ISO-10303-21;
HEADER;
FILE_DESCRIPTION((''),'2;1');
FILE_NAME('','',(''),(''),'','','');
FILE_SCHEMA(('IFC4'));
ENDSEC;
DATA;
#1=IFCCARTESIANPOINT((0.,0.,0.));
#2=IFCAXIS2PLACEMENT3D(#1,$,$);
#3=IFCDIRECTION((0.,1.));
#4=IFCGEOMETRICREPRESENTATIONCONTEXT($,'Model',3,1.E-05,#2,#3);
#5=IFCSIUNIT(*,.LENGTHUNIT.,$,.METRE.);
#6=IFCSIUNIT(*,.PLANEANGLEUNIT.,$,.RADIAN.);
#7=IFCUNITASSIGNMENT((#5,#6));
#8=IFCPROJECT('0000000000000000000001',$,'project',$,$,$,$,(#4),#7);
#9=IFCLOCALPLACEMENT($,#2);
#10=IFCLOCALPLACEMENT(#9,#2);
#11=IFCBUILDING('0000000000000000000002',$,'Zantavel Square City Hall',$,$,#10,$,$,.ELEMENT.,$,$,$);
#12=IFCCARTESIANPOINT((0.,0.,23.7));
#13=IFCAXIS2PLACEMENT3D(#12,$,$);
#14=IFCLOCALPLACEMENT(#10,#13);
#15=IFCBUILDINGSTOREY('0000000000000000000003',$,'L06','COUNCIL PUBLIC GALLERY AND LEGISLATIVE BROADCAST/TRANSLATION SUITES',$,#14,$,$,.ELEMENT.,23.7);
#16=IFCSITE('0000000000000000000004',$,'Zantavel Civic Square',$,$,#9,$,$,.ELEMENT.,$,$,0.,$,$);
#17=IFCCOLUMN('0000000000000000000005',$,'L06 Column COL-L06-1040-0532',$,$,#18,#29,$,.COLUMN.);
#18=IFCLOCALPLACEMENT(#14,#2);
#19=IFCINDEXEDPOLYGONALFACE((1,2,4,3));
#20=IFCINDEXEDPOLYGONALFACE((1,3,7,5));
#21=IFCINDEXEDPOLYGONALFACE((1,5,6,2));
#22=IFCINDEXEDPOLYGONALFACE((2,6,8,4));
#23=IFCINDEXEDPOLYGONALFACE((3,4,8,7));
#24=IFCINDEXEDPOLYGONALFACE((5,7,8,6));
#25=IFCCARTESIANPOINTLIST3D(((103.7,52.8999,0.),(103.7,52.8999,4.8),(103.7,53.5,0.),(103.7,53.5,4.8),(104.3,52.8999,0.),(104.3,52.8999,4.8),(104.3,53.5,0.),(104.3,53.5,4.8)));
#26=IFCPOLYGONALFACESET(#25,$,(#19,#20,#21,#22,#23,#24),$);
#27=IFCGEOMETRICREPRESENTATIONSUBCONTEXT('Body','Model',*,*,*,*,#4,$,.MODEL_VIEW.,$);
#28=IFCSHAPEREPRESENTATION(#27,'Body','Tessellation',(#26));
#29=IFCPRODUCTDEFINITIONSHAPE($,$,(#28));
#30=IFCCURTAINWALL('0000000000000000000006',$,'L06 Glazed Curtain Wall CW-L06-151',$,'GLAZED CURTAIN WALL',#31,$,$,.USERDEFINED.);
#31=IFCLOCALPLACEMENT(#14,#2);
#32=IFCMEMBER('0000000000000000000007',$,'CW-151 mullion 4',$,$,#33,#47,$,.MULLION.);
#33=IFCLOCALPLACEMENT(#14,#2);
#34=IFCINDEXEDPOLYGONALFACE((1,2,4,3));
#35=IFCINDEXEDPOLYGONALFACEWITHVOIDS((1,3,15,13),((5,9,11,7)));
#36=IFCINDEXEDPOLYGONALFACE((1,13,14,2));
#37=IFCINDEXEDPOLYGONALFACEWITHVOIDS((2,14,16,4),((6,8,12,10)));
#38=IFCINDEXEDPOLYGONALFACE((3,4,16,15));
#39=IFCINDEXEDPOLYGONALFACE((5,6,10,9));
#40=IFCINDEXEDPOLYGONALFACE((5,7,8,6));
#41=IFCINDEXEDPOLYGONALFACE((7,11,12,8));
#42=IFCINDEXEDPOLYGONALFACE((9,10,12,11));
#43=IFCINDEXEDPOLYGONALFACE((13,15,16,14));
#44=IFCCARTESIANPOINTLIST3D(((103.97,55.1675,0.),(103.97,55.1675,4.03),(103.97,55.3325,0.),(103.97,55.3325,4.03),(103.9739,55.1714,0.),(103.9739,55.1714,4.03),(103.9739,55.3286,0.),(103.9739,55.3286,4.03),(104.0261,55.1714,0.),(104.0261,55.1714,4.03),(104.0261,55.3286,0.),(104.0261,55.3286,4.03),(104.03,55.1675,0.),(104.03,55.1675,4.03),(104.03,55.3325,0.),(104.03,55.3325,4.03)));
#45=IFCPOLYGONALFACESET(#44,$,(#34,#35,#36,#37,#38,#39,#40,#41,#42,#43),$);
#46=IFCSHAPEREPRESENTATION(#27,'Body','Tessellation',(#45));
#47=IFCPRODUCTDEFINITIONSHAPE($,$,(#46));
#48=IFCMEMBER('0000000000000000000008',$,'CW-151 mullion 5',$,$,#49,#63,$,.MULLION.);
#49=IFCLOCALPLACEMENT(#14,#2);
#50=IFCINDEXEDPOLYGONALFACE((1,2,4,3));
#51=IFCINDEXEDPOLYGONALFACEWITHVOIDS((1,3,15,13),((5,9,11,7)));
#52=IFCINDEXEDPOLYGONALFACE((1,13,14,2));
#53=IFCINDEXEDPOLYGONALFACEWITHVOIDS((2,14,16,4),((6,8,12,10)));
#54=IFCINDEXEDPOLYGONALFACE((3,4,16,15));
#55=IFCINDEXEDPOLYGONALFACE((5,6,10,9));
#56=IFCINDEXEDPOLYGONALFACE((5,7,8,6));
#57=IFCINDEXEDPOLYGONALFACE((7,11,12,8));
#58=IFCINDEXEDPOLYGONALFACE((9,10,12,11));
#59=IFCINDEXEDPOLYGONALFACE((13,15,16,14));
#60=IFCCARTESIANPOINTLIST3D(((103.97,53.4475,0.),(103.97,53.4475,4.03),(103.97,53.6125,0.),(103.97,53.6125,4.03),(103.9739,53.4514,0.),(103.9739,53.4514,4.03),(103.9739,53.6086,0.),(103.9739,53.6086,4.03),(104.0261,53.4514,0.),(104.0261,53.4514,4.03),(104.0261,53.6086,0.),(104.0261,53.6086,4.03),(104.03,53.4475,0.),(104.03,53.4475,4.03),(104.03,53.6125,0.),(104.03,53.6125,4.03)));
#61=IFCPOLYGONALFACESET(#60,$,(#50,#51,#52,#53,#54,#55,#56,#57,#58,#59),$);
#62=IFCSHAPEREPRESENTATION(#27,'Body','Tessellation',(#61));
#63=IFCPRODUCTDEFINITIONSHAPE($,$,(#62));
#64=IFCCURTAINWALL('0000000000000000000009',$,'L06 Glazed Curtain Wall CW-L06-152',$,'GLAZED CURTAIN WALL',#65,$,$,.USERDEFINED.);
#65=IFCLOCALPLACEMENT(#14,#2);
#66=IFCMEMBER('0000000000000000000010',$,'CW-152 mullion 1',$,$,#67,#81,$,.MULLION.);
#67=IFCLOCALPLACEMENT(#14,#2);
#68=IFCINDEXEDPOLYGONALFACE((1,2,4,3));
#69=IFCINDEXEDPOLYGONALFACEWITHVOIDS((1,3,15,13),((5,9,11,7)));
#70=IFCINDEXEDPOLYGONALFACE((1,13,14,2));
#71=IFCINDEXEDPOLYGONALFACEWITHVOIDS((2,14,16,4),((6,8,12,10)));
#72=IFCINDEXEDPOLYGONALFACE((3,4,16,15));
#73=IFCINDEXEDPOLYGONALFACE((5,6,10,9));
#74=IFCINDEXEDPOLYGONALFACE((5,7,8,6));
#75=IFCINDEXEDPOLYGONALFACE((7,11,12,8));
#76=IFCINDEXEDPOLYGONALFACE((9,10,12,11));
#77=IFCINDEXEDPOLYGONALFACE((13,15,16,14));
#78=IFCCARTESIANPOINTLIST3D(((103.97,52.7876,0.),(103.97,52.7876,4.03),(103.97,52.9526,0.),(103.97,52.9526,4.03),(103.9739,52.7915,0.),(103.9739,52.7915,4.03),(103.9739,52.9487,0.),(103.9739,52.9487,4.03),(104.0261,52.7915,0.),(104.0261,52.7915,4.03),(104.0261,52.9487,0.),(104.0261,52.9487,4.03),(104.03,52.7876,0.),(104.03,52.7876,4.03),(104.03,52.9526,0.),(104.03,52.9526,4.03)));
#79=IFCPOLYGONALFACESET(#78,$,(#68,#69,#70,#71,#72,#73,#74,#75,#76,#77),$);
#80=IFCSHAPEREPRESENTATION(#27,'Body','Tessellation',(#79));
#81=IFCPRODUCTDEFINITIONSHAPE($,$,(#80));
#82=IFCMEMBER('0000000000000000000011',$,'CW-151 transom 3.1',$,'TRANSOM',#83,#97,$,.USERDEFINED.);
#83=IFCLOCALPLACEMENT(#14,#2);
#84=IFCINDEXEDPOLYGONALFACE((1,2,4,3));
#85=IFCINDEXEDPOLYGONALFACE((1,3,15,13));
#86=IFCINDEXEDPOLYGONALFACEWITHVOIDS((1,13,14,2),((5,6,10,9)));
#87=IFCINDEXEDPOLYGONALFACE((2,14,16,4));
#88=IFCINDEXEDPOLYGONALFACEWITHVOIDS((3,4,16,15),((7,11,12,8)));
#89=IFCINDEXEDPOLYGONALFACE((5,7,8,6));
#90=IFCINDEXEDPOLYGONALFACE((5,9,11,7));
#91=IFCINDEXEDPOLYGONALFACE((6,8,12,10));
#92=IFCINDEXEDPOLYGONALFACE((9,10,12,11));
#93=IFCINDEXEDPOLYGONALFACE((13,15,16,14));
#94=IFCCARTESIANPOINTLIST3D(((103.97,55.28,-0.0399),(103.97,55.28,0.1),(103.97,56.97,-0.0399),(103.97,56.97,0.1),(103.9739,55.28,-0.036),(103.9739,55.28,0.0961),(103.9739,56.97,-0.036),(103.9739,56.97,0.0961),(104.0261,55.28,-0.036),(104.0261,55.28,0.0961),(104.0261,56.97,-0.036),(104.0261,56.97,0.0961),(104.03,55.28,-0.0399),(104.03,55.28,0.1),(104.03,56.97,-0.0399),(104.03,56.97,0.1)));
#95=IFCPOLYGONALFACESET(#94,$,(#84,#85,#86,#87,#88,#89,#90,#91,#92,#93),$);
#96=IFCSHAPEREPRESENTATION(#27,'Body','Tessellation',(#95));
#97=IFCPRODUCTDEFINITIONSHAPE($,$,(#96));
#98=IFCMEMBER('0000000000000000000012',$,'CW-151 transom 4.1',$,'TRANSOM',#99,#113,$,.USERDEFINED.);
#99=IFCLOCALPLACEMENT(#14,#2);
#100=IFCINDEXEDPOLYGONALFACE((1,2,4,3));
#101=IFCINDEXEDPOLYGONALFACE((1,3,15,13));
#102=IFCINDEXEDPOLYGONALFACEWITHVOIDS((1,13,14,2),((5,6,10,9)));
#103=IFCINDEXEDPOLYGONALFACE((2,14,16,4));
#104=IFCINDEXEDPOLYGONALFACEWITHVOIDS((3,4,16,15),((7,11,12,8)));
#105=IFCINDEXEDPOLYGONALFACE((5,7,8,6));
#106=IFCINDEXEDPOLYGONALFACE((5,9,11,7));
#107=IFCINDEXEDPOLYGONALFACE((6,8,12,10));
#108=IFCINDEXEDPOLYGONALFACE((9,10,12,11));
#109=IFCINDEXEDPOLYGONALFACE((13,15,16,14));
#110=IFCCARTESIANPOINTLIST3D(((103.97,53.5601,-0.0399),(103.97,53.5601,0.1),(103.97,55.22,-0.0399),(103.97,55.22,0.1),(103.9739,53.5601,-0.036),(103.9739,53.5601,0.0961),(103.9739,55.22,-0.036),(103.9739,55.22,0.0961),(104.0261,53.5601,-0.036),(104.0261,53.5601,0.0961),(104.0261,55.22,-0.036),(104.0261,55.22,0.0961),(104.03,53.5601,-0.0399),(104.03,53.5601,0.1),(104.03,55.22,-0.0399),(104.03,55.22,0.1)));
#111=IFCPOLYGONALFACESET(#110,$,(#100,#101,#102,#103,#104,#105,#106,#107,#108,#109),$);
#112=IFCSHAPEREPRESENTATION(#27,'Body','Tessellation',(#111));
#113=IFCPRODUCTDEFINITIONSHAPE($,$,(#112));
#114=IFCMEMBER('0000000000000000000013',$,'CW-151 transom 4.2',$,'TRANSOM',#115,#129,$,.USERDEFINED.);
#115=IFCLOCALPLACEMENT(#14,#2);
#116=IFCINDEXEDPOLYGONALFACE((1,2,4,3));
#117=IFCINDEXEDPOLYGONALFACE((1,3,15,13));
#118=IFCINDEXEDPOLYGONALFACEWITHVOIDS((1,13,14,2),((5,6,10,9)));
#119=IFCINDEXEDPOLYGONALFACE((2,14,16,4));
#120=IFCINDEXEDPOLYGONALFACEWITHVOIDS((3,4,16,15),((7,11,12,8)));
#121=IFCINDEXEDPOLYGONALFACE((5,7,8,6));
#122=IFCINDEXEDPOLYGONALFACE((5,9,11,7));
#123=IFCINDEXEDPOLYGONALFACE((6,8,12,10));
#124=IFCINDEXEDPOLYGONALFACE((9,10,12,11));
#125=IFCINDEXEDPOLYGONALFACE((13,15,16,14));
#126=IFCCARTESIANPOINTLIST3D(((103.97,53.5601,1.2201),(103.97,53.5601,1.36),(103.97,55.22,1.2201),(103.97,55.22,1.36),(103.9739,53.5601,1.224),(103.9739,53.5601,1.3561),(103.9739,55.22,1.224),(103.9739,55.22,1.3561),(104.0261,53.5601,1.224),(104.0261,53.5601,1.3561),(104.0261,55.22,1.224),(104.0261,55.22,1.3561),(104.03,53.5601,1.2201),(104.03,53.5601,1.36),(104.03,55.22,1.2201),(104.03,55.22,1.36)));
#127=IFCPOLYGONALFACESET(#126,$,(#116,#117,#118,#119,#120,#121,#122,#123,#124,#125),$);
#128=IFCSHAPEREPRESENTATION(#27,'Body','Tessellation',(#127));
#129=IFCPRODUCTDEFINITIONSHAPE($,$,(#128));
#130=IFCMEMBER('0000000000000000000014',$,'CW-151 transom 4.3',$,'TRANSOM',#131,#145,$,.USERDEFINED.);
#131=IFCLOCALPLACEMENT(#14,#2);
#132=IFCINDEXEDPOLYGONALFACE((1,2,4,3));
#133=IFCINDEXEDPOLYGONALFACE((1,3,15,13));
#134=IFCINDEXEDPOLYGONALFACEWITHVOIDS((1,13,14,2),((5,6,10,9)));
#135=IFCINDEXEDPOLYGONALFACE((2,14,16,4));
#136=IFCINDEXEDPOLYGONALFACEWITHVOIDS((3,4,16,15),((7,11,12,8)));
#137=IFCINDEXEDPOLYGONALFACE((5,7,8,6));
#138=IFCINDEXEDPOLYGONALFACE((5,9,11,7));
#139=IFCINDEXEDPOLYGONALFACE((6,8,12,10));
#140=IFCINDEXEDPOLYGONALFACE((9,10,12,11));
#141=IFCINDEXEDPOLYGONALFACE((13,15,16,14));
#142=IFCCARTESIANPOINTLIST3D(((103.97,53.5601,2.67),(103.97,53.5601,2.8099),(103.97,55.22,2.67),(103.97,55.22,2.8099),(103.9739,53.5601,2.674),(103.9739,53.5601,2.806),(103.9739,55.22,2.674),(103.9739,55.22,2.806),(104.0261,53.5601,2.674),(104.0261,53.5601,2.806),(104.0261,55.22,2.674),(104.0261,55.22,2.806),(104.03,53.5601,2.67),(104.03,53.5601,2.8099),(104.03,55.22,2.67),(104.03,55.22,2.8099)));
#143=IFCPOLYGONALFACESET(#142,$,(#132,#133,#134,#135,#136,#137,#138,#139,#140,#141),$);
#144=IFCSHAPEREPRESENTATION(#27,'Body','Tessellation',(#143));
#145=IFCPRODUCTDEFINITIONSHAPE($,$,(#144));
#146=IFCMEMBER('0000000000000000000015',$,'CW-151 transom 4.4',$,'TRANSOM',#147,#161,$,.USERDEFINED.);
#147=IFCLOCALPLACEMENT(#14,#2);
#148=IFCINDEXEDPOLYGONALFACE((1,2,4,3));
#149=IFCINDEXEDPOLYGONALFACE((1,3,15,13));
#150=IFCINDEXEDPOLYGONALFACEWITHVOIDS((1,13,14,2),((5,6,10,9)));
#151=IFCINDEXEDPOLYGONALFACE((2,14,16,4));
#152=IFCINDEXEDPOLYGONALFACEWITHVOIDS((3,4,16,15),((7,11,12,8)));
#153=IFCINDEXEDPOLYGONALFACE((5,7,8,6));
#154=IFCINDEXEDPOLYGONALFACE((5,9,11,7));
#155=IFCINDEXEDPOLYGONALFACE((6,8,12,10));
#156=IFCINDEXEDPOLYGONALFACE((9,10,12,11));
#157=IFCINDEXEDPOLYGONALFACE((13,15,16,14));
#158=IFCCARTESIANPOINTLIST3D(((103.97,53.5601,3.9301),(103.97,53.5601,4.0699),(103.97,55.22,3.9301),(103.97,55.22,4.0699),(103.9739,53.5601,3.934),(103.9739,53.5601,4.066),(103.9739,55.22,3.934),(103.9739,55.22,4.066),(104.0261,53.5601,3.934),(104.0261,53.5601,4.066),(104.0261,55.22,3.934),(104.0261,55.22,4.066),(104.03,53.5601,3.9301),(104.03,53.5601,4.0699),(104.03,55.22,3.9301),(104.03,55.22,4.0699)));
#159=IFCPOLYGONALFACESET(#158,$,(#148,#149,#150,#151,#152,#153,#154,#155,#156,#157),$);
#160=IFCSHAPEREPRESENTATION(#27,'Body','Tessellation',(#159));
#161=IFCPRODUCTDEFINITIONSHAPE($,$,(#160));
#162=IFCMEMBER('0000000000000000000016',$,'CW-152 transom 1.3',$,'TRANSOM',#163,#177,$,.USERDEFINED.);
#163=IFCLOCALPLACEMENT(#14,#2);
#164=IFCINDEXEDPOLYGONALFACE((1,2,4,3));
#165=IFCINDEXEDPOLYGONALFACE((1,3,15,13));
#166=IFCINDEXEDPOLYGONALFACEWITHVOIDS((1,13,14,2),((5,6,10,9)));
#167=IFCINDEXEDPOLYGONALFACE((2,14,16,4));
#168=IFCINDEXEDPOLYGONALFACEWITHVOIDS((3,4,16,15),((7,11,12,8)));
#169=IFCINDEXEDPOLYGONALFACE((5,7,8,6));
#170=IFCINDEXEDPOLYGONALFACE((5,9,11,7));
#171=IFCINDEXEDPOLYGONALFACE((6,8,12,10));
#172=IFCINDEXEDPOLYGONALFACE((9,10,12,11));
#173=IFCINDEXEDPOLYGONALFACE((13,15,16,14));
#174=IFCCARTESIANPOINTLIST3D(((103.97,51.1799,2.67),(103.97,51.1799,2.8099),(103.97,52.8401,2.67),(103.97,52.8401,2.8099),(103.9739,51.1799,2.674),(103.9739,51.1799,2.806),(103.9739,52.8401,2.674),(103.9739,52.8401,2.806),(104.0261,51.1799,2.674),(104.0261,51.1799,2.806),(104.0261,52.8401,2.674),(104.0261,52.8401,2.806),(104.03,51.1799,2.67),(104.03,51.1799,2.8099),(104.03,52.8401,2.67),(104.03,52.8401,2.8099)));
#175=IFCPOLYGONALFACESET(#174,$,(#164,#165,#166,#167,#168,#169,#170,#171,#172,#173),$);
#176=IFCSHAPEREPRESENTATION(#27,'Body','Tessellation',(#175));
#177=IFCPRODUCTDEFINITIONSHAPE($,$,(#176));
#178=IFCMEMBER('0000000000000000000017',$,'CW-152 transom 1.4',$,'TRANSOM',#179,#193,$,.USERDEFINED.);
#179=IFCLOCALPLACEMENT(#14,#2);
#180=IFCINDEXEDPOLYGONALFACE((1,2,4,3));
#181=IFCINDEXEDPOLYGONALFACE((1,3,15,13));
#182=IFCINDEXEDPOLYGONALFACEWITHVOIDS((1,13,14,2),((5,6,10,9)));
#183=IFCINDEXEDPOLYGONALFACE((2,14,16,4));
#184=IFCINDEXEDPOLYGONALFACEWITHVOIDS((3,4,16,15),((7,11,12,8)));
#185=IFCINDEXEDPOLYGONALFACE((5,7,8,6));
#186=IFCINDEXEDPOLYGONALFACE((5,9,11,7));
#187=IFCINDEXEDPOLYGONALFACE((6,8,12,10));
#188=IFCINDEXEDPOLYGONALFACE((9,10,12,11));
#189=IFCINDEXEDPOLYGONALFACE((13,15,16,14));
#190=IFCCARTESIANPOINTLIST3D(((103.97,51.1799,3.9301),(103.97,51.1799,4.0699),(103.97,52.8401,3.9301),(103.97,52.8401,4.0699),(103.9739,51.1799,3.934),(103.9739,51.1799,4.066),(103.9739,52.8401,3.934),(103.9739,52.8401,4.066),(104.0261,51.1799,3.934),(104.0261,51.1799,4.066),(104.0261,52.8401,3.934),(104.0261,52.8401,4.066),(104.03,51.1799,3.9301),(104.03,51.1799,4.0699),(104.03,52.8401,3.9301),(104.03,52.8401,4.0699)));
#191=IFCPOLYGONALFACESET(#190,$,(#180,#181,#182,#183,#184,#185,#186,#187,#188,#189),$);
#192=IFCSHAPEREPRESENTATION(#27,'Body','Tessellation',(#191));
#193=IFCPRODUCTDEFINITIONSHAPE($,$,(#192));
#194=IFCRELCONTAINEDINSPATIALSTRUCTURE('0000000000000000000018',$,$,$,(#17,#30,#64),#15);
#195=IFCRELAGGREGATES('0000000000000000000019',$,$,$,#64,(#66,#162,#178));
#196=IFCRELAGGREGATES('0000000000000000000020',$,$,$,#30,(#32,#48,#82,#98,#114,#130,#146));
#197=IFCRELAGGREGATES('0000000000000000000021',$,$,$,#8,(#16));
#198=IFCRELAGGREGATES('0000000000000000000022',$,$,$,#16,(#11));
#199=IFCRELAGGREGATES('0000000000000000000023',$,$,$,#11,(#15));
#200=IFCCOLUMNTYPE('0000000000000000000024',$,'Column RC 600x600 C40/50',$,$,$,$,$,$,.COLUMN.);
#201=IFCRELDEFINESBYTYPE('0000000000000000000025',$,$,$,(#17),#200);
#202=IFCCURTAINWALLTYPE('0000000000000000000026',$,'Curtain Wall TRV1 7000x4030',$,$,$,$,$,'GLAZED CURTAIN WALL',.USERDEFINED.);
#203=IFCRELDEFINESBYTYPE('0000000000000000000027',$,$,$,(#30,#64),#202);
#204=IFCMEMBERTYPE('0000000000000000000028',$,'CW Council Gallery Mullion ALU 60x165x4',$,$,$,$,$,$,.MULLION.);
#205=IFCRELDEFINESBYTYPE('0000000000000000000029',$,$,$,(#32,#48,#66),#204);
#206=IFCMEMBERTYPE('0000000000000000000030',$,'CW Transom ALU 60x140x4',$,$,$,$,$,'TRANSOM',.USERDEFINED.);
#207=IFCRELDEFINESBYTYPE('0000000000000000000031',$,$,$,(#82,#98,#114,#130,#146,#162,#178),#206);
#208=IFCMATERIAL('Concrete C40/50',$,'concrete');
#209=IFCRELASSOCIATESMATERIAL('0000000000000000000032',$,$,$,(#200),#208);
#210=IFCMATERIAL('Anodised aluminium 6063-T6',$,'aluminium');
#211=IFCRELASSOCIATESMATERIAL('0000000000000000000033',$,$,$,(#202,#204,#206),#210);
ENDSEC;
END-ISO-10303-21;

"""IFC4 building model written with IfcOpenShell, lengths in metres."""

from ifc_helpers import new_model, si_unit, direction, frame, origin, origin_2d, place, context, subcontext, project, spatial, rectangle, hollow_rectangle, extrude, material, material_profile, profile_set, type_object, element, aggregate, save


model = new_model("IFC4")

# Units and contexts
model_context = context("Model", 3, precision=1e-05, world=origin(), true_north=direction((0.0, 1.0)))
body_context = subcontext(model_context, "Body", "Model", "MODEL_VIEW")
ifc_project = project(units=[si_unit("LENGTHUNIT", "METRE"), si_unit("PLANEANGLEUNIT", "RADIAN")], contexts=[model_context])

# Site, building, storey
site_placement = place(None, origin())
site = spatial("IfcSite", under=ifc_project, at=site_placement, Name="Zantavel Civic Square", CompositionType="ELEMENT", RefElevation=0.0)
building_placement = place(site_placement, origin())
building = spatial("IfcBuilding", under=site, at=building_placement, Name="Zantavel Square City Hall", CompositionType="ELEMENT")
storey_placement = place(building_placement, frame((0.0, 0.0, 23.7)))
storey = spatial("IfcBuildingStorey", under=building, at=storey_placement, Name="L06", Description="COUNCIL PUBLIC GALLERY AND LEGISLATIVE BROADCAST/TRANSLATION SUITES", CompositionType="ELEMENT", Elevation=23.7)

# Column
ifc_material_1 = material(Name="Concrete C40/50", Category="concrete")
ifc_material_profile_1 = material_profile(ifc_material_1, rectangle(XDim=0.6001, YDim=0.6001, at=origin_2d()), Name="RC 600x600")
ifc_profile_set_1 = profile_set([ifc_material_profile_1], Name="Concrete C40/50")
column_type = type_object("IfcColumnType", Name="Column RC 600x600 C40/50", PredefinedType="COLUMN", material=ifc_profile_set_1)
column_placement = place(storey_placement, frame((104.0, 53.2, 0.0), z_axis=(0.0, 0.0, 1.0), x_axis=(1.0, 0.0, 0.0)))
element("IfcColumn", 1, at=column_placement, inside=storey, type_object=column_type, Name="L06 Column COL-L06-1040-0532", PredefinedType="COLUMN", context=body_context, shape_type="SweptSolid", body=[
    extrude(rectangle(XDim=0.6001, YDim=0.6001, at=origin_2d()), origin(), (0.0, 0.0, 1.0), 4.8),
])

# Curtain wall, members
ifc_material_2 = material(Name="Anodised aluminium 6063-T6", Category="aluminium")
curtain_wall_type = type_object("IfcCurtainWallType", Name="Curtain Wall TRV1 7000x4030", ElementType="GLAZED CURTAIN WALL", PredefinedType="USERDEFINED", material=ifc_material_2)
curtain_wall_1_placement = place(storey_placement, origin())
curtain_wall_1 = element("IfcCurtainWall", 2, at=curtain_wall_1_placement, inside=storey, type_object=curtain_wall_type, Name="L06 Glazed Curtain Wall CW-L06-151", ObjectType="GLAZED CURTAIN WALL", PredefinedType="USERDEFINED")
ifc_material_profile_2 = material_profile(ifc_material_2, hollow_rectangle(XDim=0.0601, YDim=0.165, WallThickness=0.0039, at=origin_2d()), Name="ALU 60x165x4")
ifc_profile_set_2 = profile_set([ifc_material_profile_2], Name="Anodised aluminium 6063-T6")
member_type_1 = type_object("IfcMemberType", Name="CW Council Gallery Mullion ALU 60x165x4", PredefinedType="MULLION", material=ifc_profile_set_2)
member_1_placement = place(storey_placement, frame((104.0, 55.25, 0.0), z_axis=(0.0, 0.0, 1.0), x_axis=(1.0, 0.0, 0.0)))
member_1 = element("IfcMember", 3, at=member_1_placement, type_object=member_type_1, Name="CW-151 mullion 4", PredefinedType="MULLION", context=body_context, shape_type="SweptSolid", body=[
    extrude(hollow_rectangle(XDim=0.0601, YDim=0.165, WallThickness=0.0039, at=origin_2d()), origin(), (0.0, 0.0, 1.0), 4.03),
])
member_2_placement = place(storey_placement, frame((104.0, 53.53, 0.0), z_axis=(0.0, 0.0, 1.0), x_axis=(1.0, 0.0, 0.0)))
member_2 = element("IfcMember", 4, at=member_2_placement, type_object=member_type_1, Name="CW-151 mullion 5", PredefinedType="MULLION", context=body_context, shape_type="SweptSolid", body=[
    extrude(hollow_rectangle(XDim=0.0601, YDim=0.165, WallThickness=0.0039, at=origin_2d()), origin(), (0.0, 0.0, 1.0), 4.03),
])

# Curtain wall, member
curtain_wall_2_placement = place(storey_placement, origin())
curtain_wall_2 = element("IfcCurtainWall", 5, at=curtain_wall_2_placement, inside=storey, type_object=curtain_wall_type, Name="L06 Glazed Curtain Wall CW-L06-152", ObjectType="GLAZED CURTAIN WALL", PredefinedType="USERDEFINED")
member_3_placement = place(storey_placement, frame((104.0, 52.8701, 0.0), z_axis=(0.0, 0.0, 1.0), x_axis=(1.0, 0.0, 0.0)))
member_3 = element("IfcMember", 6, at=member_3_placement, type_object=member_type_1, Name="CW-152 mullion 1", PredefinedType="MULLION", context=body_context, shape_type="SweptSolid", body=[
    extrude(hollow_rectangle(XDim=0.0601, YDim=0.165, WallThickness=0.0039, at=origin_2d()), origin(), (0.0, 0.0, 1.0), 4.03),
])

# Members
ifc_material_profile_3 = material_profile(ifc_material_2, hollow_rectangle(XDim=0.0601, YDim=0.1399, WallThickness=0.0039, at=origin_2d()), Name="ALU 60x140x4")
ifc_profile_set_3 = profile_set([ifc_material_profile_3], Name="Anodised aluminium 6063-T6")
member_type_2 = type_object("IfcMemberType", Name="CW Transom ALU 60x140x4", ElementType="TRANSOM", PredefinedType="USERDEFINED", material=ifc_profile_set_3)
member_4_placement = place(storey_placement, frame((104.0, 56.97, 0.03), z_axis=(0.0, -1.0, 0.0), x_axis=(1.0, 0.0, 0.0)))
member_4 = element("IfcMember", 7, at=member_4_placement, type_object=member_type_2, Name="CW-151 transom 3.1", ObjectType="TRANSOM", PredefinedType="USERDEFINED", context=body_context, shape_type="SweptSolid", body=[
    extrude(hollow_rectangle(XDim=0.0601, YDim=0.1399, WallThickness=0.0039, at=origin_2d()), origin(), (0.0, 0.0, 1.0), 1.6899),
])
member_5_placement = place(storey_placement, frame((104.0, 55.22, 0.03), z_axis=(0.0, -1.0, 0.0), x_axis=(1.0, 0.0, 0.0)))
member_5 = element("IfcMember", 8, at=member_5_placement, type_object=member_type_2, Name="CW-151 transom 4.1", ObjectType="TRANSOM", PredefinedType="USERDEFINED", context=body_context, shape_type="SweptSolid", body=[
    extrude(hollow_rectangle(XDim=0.0601, YDim=0.1399, WallThickness=0.0039, at=origin_2d()), origin(), (0.0, 0.0, 1.0), 1.6599),
])
member_6_placement = place(storey_placement, frame((104.0, 55.22, 1.29), z_axis=(0.0, -1.0, 0.0), x_axis=(1.0, 0.0, 0.0)))
member_6 = element("IfcMember", 9, at=member_6_placement, type_object=member_type_2, Name="CW-151 transom 4.2", ObjectType="TRANSOM", PredefinedType="USERDEFINED", context=body_context, shape_type="SweptSolid", body=[
    extrude(hollow_rectangle(XDim=0.0601, YDim=0.1399, WallThickness=0.0039, at=origin_2d()), origin(), (0.0, 0.0, 1.0), 1.6599),
])
member_7_placement = place(storey_placement, frame((104.0, 55.22, 2.74), z_axis=(0.0, -1.0, 0.0), x_axis=(1.0, 0.0, 0.0)))
member_7 = element("IfcMember", 10, at=member_7_placement, type_object=member_type_2, Name="CW-151 transom 4.3", ObjectType="TRANSOM", PredefinedType="USERDEFINED", context=body_context, shape_type="SweptSolid", body=[
    extrude(hollow_rectangle(XDim=0.0601, YDim=0.1399, WallThickness=0.0039, at=origin_2d()), origin(), (0.0, 0.0, 1.0), 1.6599),
])
member_8_placement = place(storey_placement, frame((104.0, 55.22, 4.0), z_axis=(0.0, -1.0, 0.0), x_axis=(1.0, 0.0, 0.0)))
member_8 = element("IfcMember", 11, at=member_8_placement, type_object=member_type_2, Name="CW-151 transom 4.4", ObjectType="TRANSOM", PredefinedType="USERDEFINED", context=body_context, shape_type="SweptSolid", body=[
    extrude(hollow_rectangle(XDim=0.0601, YDim=0.1399, WallThickness=0.0039, at=origin_2d()), origin(), (0.0, 0.0, 1.0), 1.6599),
])
member_9_placement = place(storey_placement, frame((104.0, 52.8401, 2.74), z_axis=(0.0, -1.0, 0.0), x_axis=(1.0, 0.0, 0.0)))
member_9 = element("IfcMember", 12, at=member_9_placement, type_object=member_type_2, Name="CW-152 transom 1.3", ObjectType="TRANSOM", PredefinedType="USERDEFINED", context=body_context, shape_type="SweptSolid", body=[
    extrude(hollow_rectangle(XDim=0.0601, YDim=0.1399, WallThickness=0.0039, at=origin_2d()), origin(), (0.0, 0.0, 1.0), 1.6602),
])
member_10_placement = place(storey_placement, frame((104.0, 52.8401, 4.0), z_axis=(0.0, -1.0, 0.0), x_axis=(1.0, 0.0, 0.0)))
member_10 = element("IfcMember", 13, at=member_10_placement, type_object=member_type_2, Name="CW-152 transom 1.4", ObjectType="TRANSOM", PredefinedType="USERDEFINED", context=body_context, shape_type="SweptSolid", body=[
    extrude(hollow_rectangle(XDim=0.0601, YDim=0.1399, WallThickness=0.0039, at=origin_2d()), origin(), (0.0, 0.0, 1.0), 1.6602),
])
aggregate(curtain_wall_2, [member_3, member_9, member_10])

aggregate(curtain_wall_1, [member_1, member_2, member_4, member_5, member_6, member_7, member_8])

save(model, "model.ifc")
